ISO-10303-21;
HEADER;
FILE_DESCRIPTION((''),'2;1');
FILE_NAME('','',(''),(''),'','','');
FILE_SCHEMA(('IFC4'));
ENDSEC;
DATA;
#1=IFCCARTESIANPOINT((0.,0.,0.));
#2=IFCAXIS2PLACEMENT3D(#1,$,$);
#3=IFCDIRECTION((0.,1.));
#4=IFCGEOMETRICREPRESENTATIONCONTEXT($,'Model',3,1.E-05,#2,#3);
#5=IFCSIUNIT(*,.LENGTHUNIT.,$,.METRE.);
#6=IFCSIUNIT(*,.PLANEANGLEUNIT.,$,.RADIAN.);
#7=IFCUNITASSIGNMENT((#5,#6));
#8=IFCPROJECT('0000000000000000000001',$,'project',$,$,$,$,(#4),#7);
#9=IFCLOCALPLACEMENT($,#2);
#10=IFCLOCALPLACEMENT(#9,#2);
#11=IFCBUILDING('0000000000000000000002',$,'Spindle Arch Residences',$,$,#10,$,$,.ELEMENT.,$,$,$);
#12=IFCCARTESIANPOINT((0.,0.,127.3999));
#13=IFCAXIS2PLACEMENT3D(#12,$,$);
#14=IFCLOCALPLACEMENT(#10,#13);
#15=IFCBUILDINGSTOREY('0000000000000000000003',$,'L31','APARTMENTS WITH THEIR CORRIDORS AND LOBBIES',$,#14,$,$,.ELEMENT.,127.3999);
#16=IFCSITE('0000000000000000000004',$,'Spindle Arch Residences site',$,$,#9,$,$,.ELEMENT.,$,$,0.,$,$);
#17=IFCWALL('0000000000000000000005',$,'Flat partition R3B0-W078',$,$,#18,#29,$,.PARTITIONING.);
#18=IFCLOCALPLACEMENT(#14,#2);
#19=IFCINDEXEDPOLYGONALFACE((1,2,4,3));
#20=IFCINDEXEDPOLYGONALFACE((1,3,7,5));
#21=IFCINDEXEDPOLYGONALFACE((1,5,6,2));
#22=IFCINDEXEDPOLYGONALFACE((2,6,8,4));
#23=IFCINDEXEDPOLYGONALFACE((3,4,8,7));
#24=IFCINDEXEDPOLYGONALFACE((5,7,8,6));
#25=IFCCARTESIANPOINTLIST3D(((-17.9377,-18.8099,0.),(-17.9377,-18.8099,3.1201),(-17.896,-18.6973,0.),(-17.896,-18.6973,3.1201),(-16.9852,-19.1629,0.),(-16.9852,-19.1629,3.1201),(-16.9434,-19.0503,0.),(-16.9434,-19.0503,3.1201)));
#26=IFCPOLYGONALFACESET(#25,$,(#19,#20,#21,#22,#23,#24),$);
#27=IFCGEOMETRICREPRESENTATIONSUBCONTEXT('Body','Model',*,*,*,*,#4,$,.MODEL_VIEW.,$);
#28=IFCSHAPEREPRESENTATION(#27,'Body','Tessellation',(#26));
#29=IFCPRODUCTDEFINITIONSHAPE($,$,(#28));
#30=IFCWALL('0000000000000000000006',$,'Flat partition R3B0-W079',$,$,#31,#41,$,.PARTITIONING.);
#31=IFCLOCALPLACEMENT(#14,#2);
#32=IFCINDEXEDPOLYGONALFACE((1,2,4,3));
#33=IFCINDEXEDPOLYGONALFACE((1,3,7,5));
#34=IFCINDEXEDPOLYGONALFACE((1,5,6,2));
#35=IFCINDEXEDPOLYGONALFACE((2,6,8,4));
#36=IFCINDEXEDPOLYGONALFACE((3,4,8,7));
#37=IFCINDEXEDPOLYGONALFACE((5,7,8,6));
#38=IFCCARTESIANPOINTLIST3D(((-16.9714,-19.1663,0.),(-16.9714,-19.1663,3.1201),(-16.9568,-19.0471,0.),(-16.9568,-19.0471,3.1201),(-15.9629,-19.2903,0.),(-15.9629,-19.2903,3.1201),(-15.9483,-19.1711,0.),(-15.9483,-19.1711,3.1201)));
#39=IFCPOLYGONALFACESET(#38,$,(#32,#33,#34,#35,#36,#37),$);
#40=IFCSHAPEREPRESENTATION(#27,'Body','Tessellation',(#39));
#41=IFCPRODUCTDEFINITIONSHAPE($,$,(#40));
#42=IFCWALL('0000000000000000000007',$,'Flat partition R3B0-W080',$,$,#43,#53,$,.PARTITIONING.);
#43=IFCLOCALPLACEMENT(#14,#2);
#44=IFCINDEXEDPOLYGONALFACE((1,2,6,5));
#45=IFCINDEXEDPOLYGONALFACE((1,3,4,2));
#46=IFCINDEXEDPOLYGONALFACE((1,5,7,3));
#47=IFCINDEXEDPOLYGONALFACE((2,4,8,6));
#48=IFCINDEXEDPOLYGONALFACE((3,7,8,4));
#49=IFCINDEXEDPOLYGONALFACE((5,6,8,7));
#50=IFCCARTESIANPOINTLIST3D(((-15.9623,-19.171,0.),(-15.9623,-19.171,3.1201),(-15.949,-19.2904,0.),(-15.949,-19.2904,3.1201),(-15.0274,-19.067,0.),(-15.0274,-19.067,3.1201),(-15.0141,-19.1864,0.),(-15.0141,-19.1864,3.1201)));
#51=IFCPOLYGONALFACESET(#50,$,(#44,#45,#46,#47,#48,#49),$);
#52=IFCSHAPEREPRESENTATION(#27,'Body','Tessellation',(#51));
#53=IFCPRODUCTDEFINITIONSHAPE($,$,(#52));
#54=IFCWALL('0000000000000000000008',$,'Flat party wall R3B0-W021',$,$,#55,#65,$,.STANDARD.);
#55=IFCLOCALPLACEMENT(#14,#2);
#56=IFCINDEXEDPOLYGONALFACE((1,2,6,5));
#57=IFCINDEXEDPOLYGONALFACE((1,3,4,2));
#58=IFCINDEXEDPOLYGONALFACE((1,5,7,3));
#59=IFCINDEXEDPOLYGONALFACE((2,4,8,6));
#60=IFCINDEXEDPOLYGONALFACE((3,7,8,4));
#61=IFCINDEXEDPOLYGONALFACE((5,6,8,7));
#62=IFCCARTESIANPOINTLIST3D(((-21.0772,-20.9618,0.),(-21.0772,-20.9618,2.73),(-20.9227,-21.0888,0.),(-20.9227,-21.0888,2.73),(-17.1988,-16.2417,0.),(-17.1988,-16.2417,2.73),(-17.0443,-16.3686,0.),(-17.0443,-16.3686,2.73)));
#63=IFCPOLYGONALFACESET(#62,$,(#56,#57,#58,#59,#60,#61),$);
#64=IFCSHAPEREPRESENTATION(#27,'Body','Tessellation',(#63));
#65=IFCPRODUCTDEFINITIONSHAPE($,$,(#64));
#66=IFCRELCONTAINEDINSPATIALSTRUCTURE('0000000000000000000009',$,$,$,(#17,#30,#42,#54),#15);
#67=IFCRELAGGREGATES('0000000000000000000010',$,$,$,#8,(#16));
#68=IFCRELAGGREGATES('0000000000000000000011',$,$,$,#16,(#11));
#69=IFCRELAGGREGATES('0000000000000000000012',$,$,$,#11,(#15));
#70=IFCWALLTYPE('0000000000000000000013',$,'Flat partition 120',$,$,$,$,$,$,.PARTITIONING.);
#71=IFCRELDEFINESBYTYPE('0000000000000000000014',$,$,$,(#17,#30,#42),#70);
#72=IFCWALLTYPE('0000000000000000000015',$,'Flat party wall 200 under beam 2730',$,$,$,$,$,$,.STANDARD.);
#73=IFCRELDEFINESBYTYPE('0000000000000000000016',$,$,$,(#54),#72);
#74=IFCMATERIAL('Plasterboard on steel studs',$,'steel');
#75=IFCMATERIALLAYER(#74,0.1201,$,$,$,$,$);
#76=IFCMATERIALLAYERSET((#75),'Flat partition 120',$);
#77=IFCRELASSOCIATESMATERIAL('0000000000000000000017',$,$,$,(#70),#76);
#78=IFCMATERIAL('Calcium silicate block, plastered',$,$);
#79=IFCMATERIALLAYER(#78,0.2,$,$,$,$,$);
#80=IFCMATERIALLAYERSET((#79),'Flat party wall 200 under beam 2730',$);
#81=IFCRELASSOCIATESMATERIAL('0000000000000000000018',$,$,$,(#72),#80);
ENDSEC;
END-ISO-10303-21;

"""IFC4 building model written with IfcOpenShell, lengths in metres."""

from ifc_helpers import new_model, si_unit, direction, frame, frame_2d, origin, place, context, subcontext, project, spatial, rectangle, extrude, material, layer, layer_set, type_object, element, save


model = new_model("IFC4")

# Units and contexts
model_context = context("Model", 3, precision=1e-05, world=origin(), true_north=direction((0.0, 1.0)))
body_context = subcontext(model_context, "Body", "Model", "MODEL_VIEW")
ifc_project = project(units=[si_unit("LENGTHUNIT", "METRE"), si_unit("PLANEANGLEUNIT", "RADIAN")], contexts=[model_context])

# Site, building, storey
site_placement = place(None, origin())
site = spatial("IfcSite", under=ifc_project, at=site_placement, Name="Spindle Arch Residences site", CompositionType="ELEMENT", RefElevation=0.0)
building_placement = place(site_placement, origin())
building = spatial("IfcBuilding", under=site, at=building_placement, Name="Spindle Arch Residences", CompositionType="ELEMENT")
storey_placement = place(building_placement, frame((0.0, 0.0, 127.3999)))
storey = spatial("IfcBuildingStorey", under=building, at=storey_placement, Name="L31", Description="APARTMENTS WITH THEIR CORRIDORS AND LOBBIES", CompositionType="ELEMENT", Elevation=127.3999)

# Shared definitions
ifc_material_1 = material(Name="Plasterboard on steel studs", Category="steel")
ifc_layer_1 = layer(ifc_material_1, 0.1201)
ifc_layer_set_1 = layer_set([ifc_layer_1], Name="Flat partition 120")
wall_type_1 = type_object("IfcWallType", Name="Flat partition 120", PredefinedType="PARTITIONING", material=ifc_layer_set_1)

# Walls
wall_1_placement = place(storey_placement, frame((-17.9167, -18.7537, 0.0), z_axis=(0.0, 0.0, 1.0), x_axis=(0.937685, -0.347487, 0.0)))
element("IfcWall", 1, at=wall_1_placement, inside=storey, type_object=wall_type_1, Name="Flat partition R3B0-W078", PredefinedType="PARTITIONING", context=body_context, shape_type="SweptSolid", body=[
    extrude(rectangle(XDim=1.0159, YDim=0.1201, at=frame_2d((0.5078, 0.0))), origin(), (0.0, 0.0, 1.0), 3.1201),
])
wall_2_placement = place(storey_placement, frame((-16.9641, -19.1067, 0.0), z_axis=(0.0, 0.0, 1.0), x_axis=(0.992524, -0.122053, 0.0)))
element("IfcWall", 2, at=wall_2_placement, inside=storey, type_object=wall_type_1, Name="Flat partition R3B0-W079", PredefinedType="PARTITIONING", context=body_context, shape_type="SweptSolid", body=[
    extrude(rectangle(XDim=1.0161, YDim=0.1201, at=frame_2d((0.5081, 0.0))), origin(), (0.0, 0.0, 1.0), 3.1201),
])
wall_3_placement = place(storey_placement, frame((-15.9556, -19.2307, 0.0), z_axis=(0.0, 0.0, 1.0), x_axis=(0.993868, 0.110574, 0.0)))
element("IfcWall", 3, at=wall_3_placement, inside=storey, type_object=wall_type_1, Name="Flat partition R3B0-W080", PredefinedType="PARTITIONING", context=body_context, shape_type="SweptSolid", body=[
    extrude(rectangle(XDim=0.9407, YDim=0.1201, at=frame_2d((0.4702, 0.0))), origin(), (0.0, 0.0, 1.0), 3.1201),
])
ifc_material_2 = material(Name="Calcium silicate block, plastered")
ifc_layer_2 = layer(ifc_material_2, 0.2)
ifc_layer_set_2 = layer_set([ifc_layer_2], Name="Flat party wall 200 under beam 2730")
wall_type_2 = type_object("IfcWallType", Name="Flat party wall 200 under beam 2730", PredefinedType="STANDARD", material=ifc_layer_set_2)
wall_4_placement = place(storey_placement, frame((-21.0, -21.0254, 0.0), z_axis=(0.0, 0.0, 1.0), x_axis=(0.634847, 0.772638, 0.0)))
element("IfcWall", 4, at=wall_4_placement, inside=storey, type_object=wall_type_2, Name="Flat party wall R3B0-W021", PredefinedType="STANDARD", context=body_context, shape_type="SweptSolid", body=[
    extrude(rectangle(XDim=6.1091, YDim=0.2, at=frame_2d((3.0547, 0.0))), origin(), (0.0, 0.0, 1.0), 2.73),
])

save(model, "model.ifc")
